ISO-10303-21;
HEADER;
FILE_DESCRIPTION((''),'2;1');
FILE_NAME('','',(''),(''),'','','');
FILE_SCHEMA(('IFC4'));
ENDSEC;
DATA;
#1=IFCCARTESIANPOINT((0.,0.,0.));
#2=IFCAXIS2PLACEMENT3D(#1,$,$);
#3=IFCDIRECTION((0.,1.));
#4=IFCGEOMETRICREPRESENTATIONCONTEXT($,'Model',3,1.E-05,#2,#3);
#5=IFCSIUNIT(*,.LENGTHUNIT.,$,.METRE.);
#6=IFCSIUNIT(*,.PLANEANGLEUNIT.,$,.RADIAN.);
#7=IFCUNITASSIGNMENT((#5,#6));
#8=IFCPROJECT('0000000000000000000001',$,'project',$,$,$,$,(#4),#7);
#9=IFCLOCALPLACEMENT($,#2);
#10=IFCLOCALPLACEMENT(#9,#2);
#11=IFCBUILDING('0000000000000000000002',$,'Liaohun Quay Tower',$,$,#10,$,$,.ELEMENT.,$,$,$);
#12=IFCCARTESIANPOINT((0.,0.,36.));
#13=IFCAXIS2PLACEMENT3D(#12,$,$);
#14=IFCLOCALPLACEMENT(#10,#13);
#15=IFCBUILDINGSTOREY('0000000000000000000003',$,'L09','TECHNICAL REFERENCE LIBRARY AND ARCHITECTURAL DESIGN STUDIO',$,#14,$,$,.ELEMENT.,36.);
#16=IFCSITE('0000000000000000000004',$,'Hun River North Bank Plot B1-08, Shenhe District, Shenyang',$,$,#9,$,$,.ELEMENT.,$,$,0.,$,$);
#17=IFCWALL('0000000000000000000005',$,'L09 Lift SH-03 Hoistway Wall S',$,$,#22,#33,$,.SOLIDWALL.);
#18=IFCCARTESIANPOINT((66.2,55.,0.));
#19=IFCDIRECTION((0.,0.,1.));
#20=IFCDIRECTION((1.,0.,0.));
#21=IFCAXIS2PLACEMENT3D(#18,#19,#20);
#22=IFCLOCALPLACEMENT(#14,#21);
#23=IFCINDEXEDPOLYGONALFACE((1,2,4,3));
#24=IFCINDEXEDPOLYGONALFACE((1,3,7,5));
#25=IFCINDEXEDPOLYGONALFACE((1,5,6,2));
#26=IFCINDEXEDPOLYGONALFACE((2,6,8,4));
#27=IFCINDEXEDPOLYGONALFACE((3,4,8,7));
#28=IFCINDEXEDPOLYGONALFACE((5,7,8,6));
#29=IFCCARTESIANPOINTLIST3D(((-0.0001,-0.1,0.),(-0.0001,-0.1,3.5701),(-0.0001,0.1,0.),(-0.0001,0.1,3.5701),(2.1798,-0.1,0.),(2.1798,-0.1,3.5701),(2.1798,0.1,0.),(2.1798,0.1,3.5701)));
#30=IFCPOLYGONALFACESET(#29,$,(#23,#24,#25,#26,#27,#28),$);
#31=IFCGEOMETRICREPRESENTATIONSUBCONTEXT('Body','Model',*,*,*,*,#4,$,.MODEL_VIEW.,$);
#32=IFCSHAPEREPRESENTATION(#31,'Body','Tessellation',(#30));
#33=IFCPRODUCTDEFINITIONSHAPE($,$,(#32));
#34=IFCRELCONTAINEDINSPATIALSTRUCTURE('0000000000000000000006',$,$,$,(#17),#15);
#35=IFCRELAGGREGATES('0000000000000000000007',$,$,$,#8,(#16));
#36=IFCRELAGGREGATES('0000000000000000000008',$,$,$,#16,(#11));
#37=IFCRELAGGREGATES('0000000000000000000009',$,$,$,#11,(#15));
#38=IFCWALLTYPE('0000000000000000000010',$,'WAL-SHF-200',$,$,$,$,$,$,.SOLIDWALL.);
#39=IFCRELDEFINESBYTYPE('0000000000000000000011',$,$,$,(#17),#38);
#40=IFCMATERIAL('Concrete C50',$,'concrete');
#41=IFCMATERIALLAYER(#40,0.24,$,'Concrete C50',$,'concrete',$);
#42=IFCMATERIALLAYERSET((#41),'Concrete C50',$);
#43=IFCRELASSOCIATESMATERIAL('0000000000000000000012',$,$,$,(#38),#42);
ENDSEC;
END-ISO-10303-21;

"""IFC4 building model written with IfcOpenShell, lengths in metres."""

from ifc_helpers import new_model, si_unit, direction, frame, frame_2d, origin, place, context, subcontext, project, spatial, rectangle, extrude, material, layer, layer_set, type_object, element, save


model = new_model("IFC4")

# Units and contexts
model_context = context("Model", 3, precision=1e-05, world=origin(), true_north=direction((0.0, 1.0)))
body_context = subcontext(model_context, "Body", "Model", "MODEL_VIEW")
ifc_project = project(units=[si_unit("LENGTHUNIT", "METRE"), si_unit("PLANEANGLEUNIT", "RADIAN")], contexts=[model_context])

# Site, building, storey
site_placement = place(None, origin())
site = spatial("IfcSite", under=ifc_project, at=site_placement, Name="Hun River North Bank Plot B1-08, Shenhe District, Shenyang", CompositionType="ELEMENT", RefElevation=0.0)
building_placement = place(site_placement, origin())
building = spatial("IfcBuilding", under=site, at=building_placement, Name="Liaohun Quay Tower", CompositionType="ELEMENT")
storey_placement = place(building_placement, frame((0.0, 0.0, 36.0)))
storey = spatial("IfcBuildingStorey", under=building, at=storey_placement, Name="L09", Description="TECHNICAL REFERENCE LIBRARY AND ARCHITECTURAL DESIGN STUDIO", CompositionType="ELEMENT", Elevation=36.0)

# Shared definitions
ifc_material_1 = material(Name="Concrete C50", Category="concrete")
ifc_layer_1 = layer(ifc_material_1, 0.24, Name="Concrete C50", Category="concrete")
ifc_layer_set_1 = layer_set([ifc_layer_1], Name="Concrete C50")
wall_type_1 = type_object("IfcWallType", Name="WAL-SHF-200", PredefinedType="SOLIDWALL", material=ifc_layer_set_1)

# Wall
wall_1_placement = place(storey_placement, frame((66.2, 55.0, 0.0), z_axis=(0.0, 0.0, 1.0), x_axis=(1.0, 0.0, 0.0)))
element("IfcWall", 1, at=wall_1_placement, inside=storey, type_object=wall_type_1, Name="L09 Lift SH-03 Hoistway Wall S", PredefinedType="SOLIDWALL", context=body_context, shape_type="SweptSolid", body=[
    extrude(rectangle(XDim=2.1799, YDim=0.2, at=frame_2d((1.0898, 0.0))), origin(), (0.0, 0.0, 1.0), 3.5701),
])

save(model, "model.ifc")
